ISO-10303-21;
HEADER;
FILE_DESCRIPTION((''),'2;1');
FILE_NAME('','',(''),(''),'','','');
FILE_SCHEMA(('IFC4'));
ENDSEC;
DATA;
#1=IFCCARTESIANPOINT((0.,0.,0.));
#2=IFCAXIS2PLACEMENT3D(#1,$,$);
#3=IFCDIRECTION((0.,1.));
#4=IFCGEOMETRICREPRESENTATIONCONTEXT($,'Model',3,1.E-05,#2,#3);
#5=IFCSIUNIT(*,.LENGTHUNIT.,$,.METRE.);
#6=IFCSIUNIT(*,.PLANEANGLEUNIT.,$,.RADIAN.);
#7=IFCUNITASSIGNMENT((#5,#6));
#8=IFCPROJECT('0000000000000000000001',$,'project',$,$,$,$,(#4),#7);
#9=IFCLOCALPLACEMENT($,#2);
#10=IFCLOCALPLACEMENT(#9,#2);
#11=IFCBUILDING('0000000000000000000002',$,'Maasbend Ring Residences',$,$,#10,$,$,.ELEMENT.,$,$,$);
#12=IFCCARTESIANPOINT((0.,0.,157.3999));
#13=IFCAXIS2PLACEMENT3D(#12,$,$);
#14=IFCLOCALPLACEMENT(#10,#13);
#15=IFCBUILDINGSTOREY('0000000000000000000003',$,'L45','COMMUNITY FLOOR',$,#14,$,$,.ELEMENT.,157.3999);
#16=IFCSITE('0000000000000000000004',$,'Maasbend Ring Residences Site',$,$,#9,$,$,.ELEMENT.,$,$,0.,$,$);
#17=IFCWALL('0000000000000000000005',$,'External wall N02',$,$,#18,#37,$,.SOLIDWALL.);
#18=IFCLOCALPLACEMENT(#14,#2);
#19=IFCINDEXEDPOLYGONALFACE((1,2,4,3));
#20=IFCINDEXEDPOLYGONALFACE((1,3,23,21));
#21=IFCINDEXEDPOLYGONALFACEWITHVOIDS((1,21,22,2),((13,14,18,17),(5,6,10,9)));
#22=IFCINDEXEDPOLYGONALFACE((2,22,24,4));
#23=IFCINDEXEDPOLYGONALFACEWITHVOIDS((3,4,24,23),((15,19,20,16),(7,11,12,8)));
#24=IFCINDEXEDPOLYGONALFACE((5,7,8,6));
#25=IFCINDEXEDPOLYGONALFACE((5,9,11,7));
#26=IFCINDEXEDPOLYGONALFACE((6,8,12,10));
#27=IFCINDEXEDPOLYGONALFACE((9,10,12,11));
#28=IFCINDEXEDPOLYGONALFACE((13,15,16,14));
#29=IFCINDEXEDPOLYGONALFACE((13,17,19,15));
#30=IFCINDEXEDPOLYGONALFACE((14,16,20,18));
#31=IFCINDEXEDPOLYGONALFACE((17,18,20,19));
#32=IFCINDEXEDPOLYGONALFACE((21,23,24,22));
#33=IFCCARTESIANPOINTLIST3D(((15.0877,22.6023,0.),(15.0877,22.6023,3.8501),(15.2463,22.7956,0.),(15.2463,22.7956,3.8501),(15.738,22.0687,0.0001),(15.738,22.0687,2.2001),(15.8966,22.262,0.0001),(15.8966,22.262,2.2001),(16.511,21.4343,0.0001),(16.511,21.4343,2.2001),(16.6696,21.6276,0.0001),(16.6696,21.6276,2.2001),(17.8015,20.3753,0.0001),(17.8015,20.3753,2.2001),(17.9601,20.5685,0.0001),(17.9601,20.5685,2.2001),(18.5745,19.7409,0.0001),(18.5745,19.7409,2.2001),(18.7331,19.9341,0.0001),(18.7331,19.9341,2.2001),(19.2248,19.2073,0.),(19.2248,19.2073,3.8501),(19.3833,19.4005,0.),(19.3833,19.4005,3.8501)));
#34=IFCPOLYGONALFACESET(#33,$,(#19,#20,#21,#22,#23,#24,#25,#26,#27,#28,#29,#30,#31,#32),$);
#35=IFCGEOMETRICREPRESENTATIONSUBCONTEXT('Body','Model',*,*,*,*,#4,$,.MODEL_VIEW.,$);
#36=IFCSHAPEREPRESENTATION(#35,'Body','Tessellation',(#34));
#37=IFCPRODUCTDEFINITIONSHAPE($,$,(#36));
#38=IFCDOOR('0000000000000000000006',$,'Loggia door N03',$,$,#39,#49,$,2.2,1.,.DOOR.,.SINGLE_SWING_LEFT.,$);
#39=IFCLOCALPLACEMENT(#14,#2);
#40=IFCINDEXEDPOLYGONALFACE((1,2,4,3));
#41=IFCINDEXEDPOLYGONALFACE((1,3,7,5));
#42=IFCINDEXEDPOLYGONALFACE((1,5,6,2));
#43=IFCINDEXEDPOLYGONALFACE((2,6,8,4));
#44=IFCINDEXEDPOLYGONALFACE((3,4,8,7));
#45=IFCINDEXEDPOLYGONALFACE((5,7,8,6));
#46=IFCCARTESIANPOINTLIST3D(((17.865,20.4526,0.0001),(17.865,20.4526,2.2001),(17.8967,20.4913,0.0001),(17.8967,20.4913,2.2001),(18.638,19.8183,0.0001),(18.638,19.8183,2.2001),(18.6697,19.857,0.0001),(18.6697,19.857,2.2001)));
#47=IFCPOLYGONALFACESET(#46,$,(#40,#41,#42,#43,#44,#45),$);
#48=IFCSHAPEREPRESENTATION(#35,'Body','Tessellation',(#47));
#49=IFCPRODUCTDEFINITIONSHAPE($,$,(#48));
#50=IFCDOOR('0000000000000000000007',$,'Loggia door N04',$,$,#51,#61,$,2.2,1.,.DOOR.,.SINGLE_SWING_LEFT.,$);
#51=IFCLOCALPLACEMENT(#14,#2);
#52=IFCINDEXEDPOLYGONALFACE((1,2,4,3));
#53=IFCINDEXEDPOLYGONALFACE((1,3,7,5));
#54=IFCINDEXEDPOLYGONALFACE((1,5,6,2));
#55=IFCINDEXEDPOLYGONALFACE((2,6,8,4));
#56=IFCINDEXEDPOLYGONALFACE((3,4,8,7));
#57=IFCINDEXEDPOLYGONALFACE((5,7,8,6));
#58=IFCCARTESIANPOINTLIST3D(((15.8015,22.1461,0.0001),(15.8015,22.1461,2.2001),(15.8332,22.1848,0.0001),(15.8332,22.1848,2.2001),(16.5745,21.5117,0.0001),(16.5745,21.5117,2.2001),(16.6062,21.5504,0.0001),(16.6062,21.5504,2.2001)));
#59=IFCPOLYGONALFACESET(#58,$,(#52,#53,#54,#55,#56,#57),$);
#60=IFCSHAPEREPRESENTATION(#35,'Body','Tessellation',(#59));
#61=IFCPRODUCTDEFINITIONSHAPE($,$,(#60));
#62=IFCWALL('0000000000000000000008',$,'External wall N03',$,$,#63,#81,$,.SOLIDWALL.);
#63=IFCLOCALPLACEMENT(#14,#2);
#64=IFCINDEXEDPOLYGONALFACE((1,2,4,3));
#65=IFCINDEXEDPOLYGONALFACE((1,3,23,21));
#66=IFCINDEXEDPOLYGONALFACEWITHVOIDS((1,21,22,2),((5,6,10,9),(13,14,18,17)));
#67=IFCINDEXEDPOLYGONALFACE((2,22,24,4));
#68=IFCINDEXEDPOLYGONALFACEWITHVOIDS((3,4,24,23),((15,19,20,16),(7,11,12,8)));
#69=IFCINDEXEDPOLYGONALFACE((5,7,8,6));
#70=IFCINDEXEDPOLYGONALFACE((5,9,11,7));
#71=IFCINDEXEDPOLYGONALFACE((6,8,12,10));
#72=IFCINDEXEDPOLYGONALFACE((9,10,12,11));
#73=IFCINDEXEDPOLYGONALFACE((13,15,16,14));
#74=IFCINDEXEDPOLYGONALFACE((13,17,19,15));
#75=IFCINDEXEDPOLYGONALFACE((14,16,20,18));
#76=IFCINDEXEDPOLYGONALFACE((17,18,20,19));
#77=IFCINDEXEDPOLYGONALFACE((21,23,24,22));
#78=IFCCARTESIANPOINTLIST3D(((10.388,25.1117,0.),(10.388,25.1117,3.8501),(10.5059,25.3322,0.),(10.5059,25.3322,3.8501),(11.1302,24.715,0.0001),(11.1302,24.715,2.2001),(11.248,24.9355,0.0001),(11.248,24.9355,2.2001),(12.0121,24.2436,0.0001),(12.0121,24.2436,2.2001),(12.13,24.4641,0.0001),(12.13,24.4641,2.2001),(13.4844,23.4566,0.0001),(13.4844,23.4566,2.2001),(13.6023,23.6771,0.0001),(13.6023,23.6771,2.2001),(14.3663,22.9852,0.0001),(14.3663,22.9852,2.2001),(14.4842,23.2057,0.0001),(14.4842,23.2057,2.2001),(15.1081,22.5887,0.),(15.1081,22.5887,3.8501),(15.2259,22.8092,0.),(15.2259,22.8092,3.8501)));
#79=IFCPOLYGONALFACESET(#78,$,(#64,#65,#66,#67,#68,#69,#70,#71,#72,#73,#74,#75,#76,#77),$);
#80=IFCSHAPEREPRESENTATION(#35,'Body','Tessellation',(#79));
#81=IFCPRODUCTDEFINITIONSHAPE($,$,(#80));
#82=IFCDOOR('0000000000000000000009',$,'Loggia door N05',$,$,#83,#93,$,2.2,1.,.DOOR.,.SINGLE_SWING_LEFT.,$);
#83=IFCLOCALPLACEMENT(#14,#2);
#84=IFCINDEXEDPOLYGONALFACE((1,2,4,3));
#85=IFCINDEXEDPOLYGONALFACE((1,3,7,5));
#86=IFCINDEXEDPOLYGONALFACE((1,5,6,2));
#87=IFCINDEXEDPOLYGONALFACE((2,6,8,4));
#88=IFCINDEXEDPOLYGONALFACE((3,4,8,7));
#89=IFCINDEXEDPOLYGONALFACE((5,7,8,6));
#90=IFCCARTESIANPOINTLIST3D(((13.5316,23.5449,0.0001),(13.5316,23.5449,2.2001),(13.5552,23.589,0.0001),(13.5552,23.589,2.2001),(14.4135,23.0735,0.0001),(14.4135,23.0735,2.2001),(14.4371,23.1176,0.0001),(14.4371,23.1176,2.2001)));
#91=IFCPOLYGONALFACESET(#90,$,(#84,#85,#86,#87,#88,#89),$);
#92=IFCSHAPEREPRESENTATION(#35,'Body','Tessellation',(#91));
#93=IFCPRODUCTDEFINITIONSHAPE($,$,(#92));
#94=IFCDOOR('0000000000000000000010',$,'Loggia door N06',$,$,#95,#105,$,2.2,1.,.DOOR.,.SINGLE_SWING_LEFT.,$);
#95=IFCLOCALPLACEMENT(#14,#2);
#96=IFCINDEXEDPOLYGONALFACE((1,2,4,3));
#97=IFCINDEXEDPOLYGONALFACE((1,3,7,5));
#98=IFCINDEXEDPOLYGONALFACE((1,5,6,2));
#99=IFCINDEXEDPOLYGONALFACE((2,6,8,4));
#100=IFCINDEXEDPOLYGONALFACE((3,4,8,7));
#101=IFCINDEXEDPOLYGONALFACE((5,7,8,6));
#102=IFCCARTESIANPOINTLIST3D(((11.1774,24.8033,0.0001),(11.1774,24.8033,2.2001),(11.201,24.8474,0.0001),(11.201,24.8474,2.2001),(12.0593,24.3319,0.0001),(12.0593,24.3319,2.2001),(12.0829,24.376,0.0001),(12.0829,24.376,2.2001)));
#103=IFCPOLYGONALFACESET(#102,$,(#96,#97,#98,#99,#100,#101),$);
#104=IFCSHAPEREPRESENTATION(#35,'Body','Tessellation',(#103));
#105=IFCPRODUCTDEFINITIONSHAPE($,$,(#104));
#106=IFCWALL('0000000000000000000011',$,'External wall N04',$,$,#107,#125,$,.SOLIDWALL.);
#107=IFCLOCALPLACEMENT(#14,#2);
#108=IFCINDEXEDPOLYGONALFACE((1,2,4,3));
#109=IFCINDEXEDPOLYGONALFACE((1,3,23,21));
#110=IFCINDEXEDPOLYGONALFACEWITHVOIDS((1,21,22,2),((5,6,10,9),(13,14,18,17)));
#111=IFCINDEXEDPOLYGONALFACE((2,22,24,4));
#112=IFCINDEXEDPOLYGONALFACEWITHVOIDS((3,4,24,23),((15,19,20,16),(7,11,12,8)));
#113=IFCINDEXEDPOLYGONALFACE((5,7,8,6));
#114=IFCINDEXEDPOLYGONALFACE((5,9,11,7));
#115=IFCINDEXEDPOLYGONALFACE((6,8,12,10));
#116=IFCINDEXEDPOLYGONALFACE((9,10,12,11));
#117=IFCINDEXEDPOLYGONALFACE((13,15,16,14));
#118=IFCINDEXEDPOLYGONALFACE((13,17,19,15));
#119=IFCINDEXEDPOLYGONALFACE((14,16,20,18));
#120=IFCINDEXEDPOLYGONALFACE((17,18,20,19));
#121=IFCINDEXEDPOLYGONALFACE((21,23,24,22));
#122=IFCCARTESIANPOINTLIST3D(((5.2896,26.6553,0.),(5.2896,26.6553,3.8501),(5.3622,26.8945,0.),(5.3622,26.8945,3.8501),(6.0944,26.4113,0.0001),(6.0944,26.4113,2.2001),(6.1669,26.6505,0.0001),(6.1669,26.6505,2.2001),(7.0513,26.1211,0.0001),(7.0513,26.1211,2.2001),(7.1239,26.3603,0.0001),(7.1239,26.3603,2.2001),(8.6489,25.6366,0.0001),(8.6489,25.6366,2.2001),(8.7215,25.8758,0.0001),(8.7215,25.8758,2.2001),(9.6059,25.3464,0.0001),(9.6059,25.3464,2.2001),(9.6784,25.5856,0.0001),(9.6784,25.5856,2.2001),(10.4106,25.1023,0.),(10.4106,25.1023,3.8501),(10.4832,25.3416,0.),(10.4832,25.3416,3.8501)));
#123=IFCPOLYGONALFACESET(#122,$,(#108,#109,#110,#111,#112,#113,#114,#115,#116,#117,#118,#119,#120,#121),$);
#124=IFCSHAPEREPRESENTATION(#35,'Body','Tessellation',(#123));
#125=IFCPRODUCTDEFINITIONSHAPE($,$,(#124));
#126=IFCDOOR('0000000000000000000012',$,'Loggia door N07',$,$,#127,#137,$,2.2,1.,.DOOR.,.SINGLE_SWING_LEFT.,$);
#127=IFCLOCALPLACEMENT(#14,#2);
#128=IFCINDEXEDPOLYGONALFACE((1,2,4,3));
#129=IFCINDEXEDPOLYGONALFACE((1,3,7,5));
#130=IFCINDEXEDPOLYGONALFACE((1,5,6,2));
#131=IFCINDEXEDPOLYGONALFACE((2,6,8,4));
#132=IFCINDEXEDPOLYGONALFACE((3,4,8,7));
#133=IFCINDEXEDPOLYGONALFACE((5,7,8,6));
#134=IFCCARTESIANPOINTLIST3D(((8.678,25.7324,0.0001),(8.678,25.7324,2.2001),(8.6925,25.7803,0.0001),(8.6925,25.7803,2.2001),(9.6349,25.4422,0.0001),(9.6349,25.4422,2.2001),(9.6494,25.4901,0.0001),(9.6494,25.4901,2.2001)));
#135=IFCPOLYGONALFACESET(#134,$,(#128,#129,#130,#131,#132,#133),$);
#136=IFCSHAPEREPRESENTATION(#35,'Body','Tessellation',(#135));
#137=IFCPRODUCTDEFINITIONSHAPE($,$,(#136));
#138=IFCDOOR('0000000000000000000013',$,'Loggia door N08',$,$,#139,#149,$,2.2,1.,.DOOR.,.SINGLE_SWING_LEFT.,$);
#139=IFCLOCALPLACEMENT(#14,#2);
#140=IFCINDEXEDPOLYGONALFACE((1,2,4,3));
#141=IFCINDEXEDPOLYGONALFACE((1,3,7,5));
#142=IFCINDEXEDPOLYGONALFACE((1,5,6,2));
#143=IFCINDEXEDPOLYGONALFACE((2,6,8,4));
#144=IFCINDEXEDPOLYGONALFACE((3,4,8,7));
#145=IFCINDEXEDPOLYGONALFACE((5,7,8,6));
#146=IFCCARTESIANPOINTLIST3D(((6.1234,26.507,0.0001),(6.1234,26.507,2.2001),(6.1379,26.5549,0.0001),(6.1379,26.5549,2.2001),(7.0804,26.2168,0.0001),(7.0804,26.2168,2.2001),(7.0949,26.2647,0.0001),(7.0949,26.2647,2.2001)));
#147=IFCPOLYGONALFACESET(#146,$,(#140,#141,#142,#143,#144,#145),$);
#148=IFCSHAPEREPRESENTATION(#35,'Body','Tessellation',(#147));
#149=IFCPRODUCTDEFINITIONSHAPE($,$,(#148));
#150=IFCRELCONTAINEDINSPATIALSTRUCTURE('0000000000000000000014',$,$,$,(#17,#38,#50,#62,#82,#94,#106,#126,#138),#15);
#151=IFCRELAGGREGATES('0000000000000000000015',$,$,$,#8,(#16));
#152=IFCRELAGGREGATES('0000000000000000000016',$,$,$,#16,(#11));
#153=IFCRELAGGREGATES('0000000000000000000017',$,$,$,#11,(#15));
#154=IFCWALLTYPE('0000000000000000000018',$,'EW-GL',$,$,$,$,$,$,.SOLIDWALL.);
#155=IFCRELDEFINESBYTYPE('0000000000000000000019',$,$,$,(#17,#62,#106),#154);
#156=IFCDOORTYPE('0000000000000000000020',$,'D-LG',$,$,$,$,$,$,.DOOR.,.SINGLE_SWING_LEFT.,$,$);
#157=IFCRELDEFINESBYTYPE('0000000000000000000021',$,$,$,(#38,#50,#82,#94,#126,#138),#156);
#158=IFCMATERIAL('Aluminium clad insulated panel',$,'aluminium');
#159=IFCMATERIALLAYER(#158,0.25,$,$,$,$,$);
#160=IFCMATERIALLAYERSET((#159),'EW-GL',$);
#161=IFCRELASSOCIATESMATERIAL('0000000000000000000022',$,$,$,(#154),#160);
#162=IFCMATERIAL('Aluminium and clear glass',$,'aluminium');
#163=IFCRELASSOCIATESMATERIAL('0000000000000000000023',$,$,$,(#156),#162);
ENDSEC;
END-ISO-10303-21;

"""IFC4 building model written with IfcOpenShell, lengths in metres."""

from ifc_helpers import new_model, si_unit, direction, frame, frame_2d, origin, place, context, subcontext, project, spatial, rectangle, extrude, material, layer, layer_set, type_object, element, fill, save


model = new_model("IFC4")

# Units and contexts
model_context = context("Model", 3, precision=1e-05, world=origin(), true_north=direction((0.0, 1.0)))
body_context = subcontext(model_context, "Body", "Model", "MODEL_VIEW")
ifc_project = project(units=[si_unit("LENGTHUNIT", "METRE"), si_unit("PLANEANGLEUNIT", "RADIAN")], contexts=[model_context])

# Site, building, storey
site_placement = place(None, origin())
site = spatial("IfcSite", under=ifc_project, at=site_placement, Name="Maasbend Ring Residences Site", CompositionType="ELEMENT", RefElevation=0.0)
building_placement = place(site_placement, origin())
building = spatial("IfcBuilding", under=site, at=building_placement, Name="Maasbend Ring Residences", CompositionType="ELEMENT")
storey_placement = place(building_placement, frame((0.0, 0.0, 157.3999)))
storey = spatial("IfcBuildingStorey", under=building, at=storey_placement, Name="L45", Description="COMMUNITY FLOOR", CompositionType="ELEMENT", Elevation=157.3999)

# Walls, openings, doors
ifc_material_1 = material(Name="Aluminium clad insulated panel", Category="aluminium")
ifc_layer_1 = layer(ifc_material_1, 0.25)
ifc_layer_set_1 = layer_set([ifc_layer_1], Name="EW-GL")
wall_type_1 = type_object("IfcWallType", Name="EW-GL", PredefinedType="SOLIDWALL", material=ifc_layer_set_1)
ifc_material_2 = material(Name="Aluminium and clear glass", Category="aluminium")
door_type_1 = type_object("IfcDoorType", Name="D-LG", OperationType="SINGLE_SWING_LEFT", PredefinedType="DOOR", material=ifc_material_2)
wall_1_placement = place(storey_placement, frame((19.304, 19.304, 0.0), z_axis=(0.0, 0.0, 1.0), x_axis=(-0.773019, 0.634382, 0.0)))
wall_1 = element("IfcWall", 1, at=wall_1_placement, inside=storey, type_object=wall_type_1, Name="External wall N02", PredefinedType="SOLIDWALL", context=body_context, shape_type="SweptSolid", body=[
    extrude(rectangle(XDim=5.3518, YDim=0.25, at=frame_2d((2.6758, 0.0))), origin(), (0.0, 0.0, 1.0), 3.8501),
])
opening_1_placement = place(wall_1_placement, frame((0.8411, 0.0, 0.0)))
opening_1 = element("IfcOpeningElement", 2, at=opening_1_placement, cuts=wall_1, PredefinedType="OPENING", context=body_context, shape_type="SweptSolid", body=[
    extrude(rectangle(XDim=1.0, YDim=2.2, at=frame_2d((0.5, 1.1001))), frame((0.0, 0.135, 0.0), z_axis=(0.0, -1.0, 0.0), x_axis=(1.0, 0.0, 0.0)), (0.0, 0.0, 1.0), 0.27),
])
opening_2_placement = place(wall_1_placement, frame((3.5105, 0.0, 0.0)))
opening_2 = element("IfcOpeningElement", 3, at=opening_2_placement, cuts=wall_1, PredefinedType="OPENING", context=body_context, shape_type="SweptSolid", body=[
    extrude(rectangle(XDim=1.0, YDim=2.2, at=frame_2d((0.5, 1.1001))), frame((0.0, 0.135, 0.0), z_axis=(0.0, -1.0, 0.0), x_axis=(1.0, 0.0, 0.0)), (0.0, 0.0, 1.0), 0.27),
])
door_1_placement = place(opening_1_placement, origin())
door_1 = element("IfcDoor", 4, at=door_1_placement, inside=storey, type_object=door_type_1, Name="Loggia door N03", OperationType="SINGLE_SWING_LEFT", OverallHeight=2.2, OverallWidth=1.0, PredefinedType="DOOR", context=body_context, shape_type="SweptSolid", body=[
    extrude(rectangle(XDim=1.0, YDim=2.2, at=frame_2d((0.5, 1.1001))), frame((0.0, 0.0249, 0.0), z_axis=(0.0, -1.0, 0.0), x_axis=(1.0, 0.0, 0.0)), (0.0, 0.0, 1.0), 0.05),
])
fill(opening_1, door_1)
door_2_placement = place(opening_2_placement, origin())
door_2 = element("IfcDoor", 5, at=door_2_placement, inside=storey, type_object=door_type_1, Name="Loggia door N04", OperationType="SINGLE_SWING_LEFT", OverallHeight=2.2, OverallWidth=1.0, PredefinedType="DOOR", context=body_context, shape_type="SweptSolid", body=[
    extrude(rectangle(XDim=1.0, YDim=2.2, at=frame_2d((0.5, 1.1001))), frame((0.0, 0.0249, 0.0), z_axis=(0.0, -1.0, 0.0), x_axis=(1.0, 0.0, 0.0)), (0.0, 0.0, 1.0), 0.05),
])
fill(opening_2, door_2)
wall_2_placement = place(storey_placement, frame((15.167, 22.699, 0.0), z_axis=(0.0, 0.0, 1.0), x_axis=(-0.881916, 0.471407, 0.0)))
wall_2 = element("IfcWall", 6, at=wall_2_placement, inside=storey, type_object=wall_type_1, Name="External wall N03", PredefinedType="SOLIDWALL", context=body_context, shape_type="SweptSolid", body=[
    extrude(rectangle(XDim=5.3521, YDim=0.25, at=frame_2d((2.676, 0.0))), origin(), (0.0, 0.0, 1.0), 3.8501),
])
opening_3_placement = place(wall_2_placement, frame((0.8411, 0.0, 0.0)))
opening_3 = element("IfcOpeningElement", 7, at=opening_3_placement, cuts=wall_2, PredefinedType="OPENING", context=body_context, shape_type="SweptSolid", body=[
    extrude(rectangle(XDim=1.0, YDim=2.2, at=frame_2d((0.5, 1.1001))), frame((0.0, 0.135, 0.0), z_axis=(0.0, -1.0, 0.0), x_axis=(1.0, 0.0, 0.0)), (0.0, 0.0, 1.0), 0.27),
])
opening_4_placement = place(wall_2_placement, frame((3.5105, 0.0, 0.0)))
opening_4 = element("IfcOpeningElement", 8, at=opening_4_placement, cuts=wall_2, PredefinedType="OPENING", context=body_context, shape_type="SweptSolid", body=[
    extrude(rectangle(XDim=1.0, YDim=2.2, at=frame_2d((0.5, 1.1001))), frame((0.0, 0.135, 0.0), z_axis=(0.0, -1.0, 0.0), x_axis=(1.0, 0.0, 0.0)), (0.0, 0.0, 1.0), 0.27),
])
door_3_placement = place(opening_3_placement, origin())
door_3 = element("IfcDoor", 9, at=door_3_placement, inside=storey, type_object=door_type_1, Name="Loggia door N05", OperationType="SINGLE_SWING_LEFT", OverallHeight=2.2, OverallWidth=1.0, PredefinedType="DOOR", context=body_context, shape_type="SweptSolid", body=[
    extrude(rectangle(XDim=1.0, YDim=2.2, at=frame_2d((0.5, 1.1001))), frame((0.0, 0.0249, 0.0), z_axis=(0.0, -1.0, 0.0), x_axis=(1.0, 0.0, 0.0)), (0.0, 0.0, 1.0), 0.05),
])
fill(opening_3, door_3)
door_4_placement = place(opening_4_placement, origin())
door_4 = element("IfcDoor", 10, at=door_4_placement, inside=storey, type_object=door_type_1, Name="Loggia door N06", OperationType="SINGLE_SWING_LEFT", OverallHeight=2.2, OverallWidth=1.0, PredefinedType="DOOR", context=body_context, shape_type="SweptSolid", body=[
    extrude(rectangle(XDim=1.0, YDim=2.2, at=frame_2d((0.5, 1.1001))), frame((0.0, 0.0249, 0.0), z_axis=(0.0, -1.0, 0.0), x_axis=(1.0, 0.0, 0.0)), (0.0, 0.0, 1.0), 0.05),
])
fill(opening_4, door_4)
wall_3_placement = place(storey_placement, frame((10.447, 25.2219, 0.0), z_axis=(0.0, 0.0, 1.0), x_axis=(-0.956966, 0.290201, 0.0)))
wall_3 = element("IfcWall", 11, at=wall_3_placement, inside=storey, type_object=wall_type_1, Name="External wall N04", PredefinedType="SOLIDWALL", context=body_context, shape_type="SweptSolid", body=[
    extrude(rectangle(XDim=5.3513, YDim=0.25, at=frame_2d((2.6758, 0.0))), origin(), (0.0, 0.0, 1.0), 3.8501),
])
opening_5_placement = place(wall_3_placement, frame((0.8411, 0.0, 0.0)))
opening_5 = element("IfcOpeningElement", 12, at=opening_5_placement, cuts=wall_3, PredefinedType="OPENING", context=body_context, shape_type="SweptSolid", body=[
    extrude(rectangle(XDim=1.0, YDim=2.2, at=frame_2d((0.5, 1.1001))), frame((0.0, 0.135, 0.0), z_axis=(0.0, -1.0, 0.0), x_axis=(1.0, 0.0, 0.0)), (0.0, 0.0, 1.0), 0.27),
])
opening_6_placement = place(wall_3_placement, frame((3.5105, 0.0, 0.0)))
opening_6 = element("IfcOpeningElement", 13, at=opening_6_placement, cuts=wall_3, PredefinedType="OPENING", context=body_context, shape_type="SweptSolid", body=[
    extrude(rectangle(XDim=1.0, YDim=2.2, at=frame_2d((0.5, 1.1001))), frame((0.0, 0.135, 0.0), z_axis=(0.0, -1.0, 0.0), x_axis=(1.0, 0.0, 0.0)), (0.0, 0.0, 1.0), 0.27),
])
door_5_placement = place(opening_5_placement, origin())
door_5 = element("IfcDoor", 14, at=door_5_placement, inside=storey, type_object=door_type_1, Name="Loggia door N07", OperationType="SINGLE_SWING_LEFT", OverallHeight=2.2, OverallWidth=1.0, PredefinedType="DOOR", context=body_context, shape_type="SweptSolid", body=[
    extrude(rectangle(XDim=1.0, YDim=2.2, at=frame_2d((0.5, 1.1001))), frame((0.0, 0.0249, 0.0), z_axis=(0.0, -1.0, 0.0), x_axis=(1.0, 0.0, 0.0)), (0.0, 0.0, 1.0), 0.05),
])
fill(opening_5, door_5)
door_6_placement = place(opening_6_placement, origin())
door_6 = element("IfcDoor", 15, at=door_6_placement, inside=storey, type_object=door_type_1, Name="Loggia door N08", OperationType="SINGLE_SWING_LEFT", OverallHeight=2.2, OverallWidth=1.0, PredefinedType="DOOR", context=body_context, shape_type="SweptSolid", body=[
    extrude(rectangle(XDim=1.0, YDim=2.2, at=frame_2d((0.5, 1.1001))), frame((0.0, 0.0249, 0.0), z_axis=(0.0, -1.0, 0.0), x_axis=(1.0, 0.0, 0.0)), (0.0, 0.0, 1.0), 0.05),
])
fill(opening_6, door_6)

save(model, "model.ifc")
